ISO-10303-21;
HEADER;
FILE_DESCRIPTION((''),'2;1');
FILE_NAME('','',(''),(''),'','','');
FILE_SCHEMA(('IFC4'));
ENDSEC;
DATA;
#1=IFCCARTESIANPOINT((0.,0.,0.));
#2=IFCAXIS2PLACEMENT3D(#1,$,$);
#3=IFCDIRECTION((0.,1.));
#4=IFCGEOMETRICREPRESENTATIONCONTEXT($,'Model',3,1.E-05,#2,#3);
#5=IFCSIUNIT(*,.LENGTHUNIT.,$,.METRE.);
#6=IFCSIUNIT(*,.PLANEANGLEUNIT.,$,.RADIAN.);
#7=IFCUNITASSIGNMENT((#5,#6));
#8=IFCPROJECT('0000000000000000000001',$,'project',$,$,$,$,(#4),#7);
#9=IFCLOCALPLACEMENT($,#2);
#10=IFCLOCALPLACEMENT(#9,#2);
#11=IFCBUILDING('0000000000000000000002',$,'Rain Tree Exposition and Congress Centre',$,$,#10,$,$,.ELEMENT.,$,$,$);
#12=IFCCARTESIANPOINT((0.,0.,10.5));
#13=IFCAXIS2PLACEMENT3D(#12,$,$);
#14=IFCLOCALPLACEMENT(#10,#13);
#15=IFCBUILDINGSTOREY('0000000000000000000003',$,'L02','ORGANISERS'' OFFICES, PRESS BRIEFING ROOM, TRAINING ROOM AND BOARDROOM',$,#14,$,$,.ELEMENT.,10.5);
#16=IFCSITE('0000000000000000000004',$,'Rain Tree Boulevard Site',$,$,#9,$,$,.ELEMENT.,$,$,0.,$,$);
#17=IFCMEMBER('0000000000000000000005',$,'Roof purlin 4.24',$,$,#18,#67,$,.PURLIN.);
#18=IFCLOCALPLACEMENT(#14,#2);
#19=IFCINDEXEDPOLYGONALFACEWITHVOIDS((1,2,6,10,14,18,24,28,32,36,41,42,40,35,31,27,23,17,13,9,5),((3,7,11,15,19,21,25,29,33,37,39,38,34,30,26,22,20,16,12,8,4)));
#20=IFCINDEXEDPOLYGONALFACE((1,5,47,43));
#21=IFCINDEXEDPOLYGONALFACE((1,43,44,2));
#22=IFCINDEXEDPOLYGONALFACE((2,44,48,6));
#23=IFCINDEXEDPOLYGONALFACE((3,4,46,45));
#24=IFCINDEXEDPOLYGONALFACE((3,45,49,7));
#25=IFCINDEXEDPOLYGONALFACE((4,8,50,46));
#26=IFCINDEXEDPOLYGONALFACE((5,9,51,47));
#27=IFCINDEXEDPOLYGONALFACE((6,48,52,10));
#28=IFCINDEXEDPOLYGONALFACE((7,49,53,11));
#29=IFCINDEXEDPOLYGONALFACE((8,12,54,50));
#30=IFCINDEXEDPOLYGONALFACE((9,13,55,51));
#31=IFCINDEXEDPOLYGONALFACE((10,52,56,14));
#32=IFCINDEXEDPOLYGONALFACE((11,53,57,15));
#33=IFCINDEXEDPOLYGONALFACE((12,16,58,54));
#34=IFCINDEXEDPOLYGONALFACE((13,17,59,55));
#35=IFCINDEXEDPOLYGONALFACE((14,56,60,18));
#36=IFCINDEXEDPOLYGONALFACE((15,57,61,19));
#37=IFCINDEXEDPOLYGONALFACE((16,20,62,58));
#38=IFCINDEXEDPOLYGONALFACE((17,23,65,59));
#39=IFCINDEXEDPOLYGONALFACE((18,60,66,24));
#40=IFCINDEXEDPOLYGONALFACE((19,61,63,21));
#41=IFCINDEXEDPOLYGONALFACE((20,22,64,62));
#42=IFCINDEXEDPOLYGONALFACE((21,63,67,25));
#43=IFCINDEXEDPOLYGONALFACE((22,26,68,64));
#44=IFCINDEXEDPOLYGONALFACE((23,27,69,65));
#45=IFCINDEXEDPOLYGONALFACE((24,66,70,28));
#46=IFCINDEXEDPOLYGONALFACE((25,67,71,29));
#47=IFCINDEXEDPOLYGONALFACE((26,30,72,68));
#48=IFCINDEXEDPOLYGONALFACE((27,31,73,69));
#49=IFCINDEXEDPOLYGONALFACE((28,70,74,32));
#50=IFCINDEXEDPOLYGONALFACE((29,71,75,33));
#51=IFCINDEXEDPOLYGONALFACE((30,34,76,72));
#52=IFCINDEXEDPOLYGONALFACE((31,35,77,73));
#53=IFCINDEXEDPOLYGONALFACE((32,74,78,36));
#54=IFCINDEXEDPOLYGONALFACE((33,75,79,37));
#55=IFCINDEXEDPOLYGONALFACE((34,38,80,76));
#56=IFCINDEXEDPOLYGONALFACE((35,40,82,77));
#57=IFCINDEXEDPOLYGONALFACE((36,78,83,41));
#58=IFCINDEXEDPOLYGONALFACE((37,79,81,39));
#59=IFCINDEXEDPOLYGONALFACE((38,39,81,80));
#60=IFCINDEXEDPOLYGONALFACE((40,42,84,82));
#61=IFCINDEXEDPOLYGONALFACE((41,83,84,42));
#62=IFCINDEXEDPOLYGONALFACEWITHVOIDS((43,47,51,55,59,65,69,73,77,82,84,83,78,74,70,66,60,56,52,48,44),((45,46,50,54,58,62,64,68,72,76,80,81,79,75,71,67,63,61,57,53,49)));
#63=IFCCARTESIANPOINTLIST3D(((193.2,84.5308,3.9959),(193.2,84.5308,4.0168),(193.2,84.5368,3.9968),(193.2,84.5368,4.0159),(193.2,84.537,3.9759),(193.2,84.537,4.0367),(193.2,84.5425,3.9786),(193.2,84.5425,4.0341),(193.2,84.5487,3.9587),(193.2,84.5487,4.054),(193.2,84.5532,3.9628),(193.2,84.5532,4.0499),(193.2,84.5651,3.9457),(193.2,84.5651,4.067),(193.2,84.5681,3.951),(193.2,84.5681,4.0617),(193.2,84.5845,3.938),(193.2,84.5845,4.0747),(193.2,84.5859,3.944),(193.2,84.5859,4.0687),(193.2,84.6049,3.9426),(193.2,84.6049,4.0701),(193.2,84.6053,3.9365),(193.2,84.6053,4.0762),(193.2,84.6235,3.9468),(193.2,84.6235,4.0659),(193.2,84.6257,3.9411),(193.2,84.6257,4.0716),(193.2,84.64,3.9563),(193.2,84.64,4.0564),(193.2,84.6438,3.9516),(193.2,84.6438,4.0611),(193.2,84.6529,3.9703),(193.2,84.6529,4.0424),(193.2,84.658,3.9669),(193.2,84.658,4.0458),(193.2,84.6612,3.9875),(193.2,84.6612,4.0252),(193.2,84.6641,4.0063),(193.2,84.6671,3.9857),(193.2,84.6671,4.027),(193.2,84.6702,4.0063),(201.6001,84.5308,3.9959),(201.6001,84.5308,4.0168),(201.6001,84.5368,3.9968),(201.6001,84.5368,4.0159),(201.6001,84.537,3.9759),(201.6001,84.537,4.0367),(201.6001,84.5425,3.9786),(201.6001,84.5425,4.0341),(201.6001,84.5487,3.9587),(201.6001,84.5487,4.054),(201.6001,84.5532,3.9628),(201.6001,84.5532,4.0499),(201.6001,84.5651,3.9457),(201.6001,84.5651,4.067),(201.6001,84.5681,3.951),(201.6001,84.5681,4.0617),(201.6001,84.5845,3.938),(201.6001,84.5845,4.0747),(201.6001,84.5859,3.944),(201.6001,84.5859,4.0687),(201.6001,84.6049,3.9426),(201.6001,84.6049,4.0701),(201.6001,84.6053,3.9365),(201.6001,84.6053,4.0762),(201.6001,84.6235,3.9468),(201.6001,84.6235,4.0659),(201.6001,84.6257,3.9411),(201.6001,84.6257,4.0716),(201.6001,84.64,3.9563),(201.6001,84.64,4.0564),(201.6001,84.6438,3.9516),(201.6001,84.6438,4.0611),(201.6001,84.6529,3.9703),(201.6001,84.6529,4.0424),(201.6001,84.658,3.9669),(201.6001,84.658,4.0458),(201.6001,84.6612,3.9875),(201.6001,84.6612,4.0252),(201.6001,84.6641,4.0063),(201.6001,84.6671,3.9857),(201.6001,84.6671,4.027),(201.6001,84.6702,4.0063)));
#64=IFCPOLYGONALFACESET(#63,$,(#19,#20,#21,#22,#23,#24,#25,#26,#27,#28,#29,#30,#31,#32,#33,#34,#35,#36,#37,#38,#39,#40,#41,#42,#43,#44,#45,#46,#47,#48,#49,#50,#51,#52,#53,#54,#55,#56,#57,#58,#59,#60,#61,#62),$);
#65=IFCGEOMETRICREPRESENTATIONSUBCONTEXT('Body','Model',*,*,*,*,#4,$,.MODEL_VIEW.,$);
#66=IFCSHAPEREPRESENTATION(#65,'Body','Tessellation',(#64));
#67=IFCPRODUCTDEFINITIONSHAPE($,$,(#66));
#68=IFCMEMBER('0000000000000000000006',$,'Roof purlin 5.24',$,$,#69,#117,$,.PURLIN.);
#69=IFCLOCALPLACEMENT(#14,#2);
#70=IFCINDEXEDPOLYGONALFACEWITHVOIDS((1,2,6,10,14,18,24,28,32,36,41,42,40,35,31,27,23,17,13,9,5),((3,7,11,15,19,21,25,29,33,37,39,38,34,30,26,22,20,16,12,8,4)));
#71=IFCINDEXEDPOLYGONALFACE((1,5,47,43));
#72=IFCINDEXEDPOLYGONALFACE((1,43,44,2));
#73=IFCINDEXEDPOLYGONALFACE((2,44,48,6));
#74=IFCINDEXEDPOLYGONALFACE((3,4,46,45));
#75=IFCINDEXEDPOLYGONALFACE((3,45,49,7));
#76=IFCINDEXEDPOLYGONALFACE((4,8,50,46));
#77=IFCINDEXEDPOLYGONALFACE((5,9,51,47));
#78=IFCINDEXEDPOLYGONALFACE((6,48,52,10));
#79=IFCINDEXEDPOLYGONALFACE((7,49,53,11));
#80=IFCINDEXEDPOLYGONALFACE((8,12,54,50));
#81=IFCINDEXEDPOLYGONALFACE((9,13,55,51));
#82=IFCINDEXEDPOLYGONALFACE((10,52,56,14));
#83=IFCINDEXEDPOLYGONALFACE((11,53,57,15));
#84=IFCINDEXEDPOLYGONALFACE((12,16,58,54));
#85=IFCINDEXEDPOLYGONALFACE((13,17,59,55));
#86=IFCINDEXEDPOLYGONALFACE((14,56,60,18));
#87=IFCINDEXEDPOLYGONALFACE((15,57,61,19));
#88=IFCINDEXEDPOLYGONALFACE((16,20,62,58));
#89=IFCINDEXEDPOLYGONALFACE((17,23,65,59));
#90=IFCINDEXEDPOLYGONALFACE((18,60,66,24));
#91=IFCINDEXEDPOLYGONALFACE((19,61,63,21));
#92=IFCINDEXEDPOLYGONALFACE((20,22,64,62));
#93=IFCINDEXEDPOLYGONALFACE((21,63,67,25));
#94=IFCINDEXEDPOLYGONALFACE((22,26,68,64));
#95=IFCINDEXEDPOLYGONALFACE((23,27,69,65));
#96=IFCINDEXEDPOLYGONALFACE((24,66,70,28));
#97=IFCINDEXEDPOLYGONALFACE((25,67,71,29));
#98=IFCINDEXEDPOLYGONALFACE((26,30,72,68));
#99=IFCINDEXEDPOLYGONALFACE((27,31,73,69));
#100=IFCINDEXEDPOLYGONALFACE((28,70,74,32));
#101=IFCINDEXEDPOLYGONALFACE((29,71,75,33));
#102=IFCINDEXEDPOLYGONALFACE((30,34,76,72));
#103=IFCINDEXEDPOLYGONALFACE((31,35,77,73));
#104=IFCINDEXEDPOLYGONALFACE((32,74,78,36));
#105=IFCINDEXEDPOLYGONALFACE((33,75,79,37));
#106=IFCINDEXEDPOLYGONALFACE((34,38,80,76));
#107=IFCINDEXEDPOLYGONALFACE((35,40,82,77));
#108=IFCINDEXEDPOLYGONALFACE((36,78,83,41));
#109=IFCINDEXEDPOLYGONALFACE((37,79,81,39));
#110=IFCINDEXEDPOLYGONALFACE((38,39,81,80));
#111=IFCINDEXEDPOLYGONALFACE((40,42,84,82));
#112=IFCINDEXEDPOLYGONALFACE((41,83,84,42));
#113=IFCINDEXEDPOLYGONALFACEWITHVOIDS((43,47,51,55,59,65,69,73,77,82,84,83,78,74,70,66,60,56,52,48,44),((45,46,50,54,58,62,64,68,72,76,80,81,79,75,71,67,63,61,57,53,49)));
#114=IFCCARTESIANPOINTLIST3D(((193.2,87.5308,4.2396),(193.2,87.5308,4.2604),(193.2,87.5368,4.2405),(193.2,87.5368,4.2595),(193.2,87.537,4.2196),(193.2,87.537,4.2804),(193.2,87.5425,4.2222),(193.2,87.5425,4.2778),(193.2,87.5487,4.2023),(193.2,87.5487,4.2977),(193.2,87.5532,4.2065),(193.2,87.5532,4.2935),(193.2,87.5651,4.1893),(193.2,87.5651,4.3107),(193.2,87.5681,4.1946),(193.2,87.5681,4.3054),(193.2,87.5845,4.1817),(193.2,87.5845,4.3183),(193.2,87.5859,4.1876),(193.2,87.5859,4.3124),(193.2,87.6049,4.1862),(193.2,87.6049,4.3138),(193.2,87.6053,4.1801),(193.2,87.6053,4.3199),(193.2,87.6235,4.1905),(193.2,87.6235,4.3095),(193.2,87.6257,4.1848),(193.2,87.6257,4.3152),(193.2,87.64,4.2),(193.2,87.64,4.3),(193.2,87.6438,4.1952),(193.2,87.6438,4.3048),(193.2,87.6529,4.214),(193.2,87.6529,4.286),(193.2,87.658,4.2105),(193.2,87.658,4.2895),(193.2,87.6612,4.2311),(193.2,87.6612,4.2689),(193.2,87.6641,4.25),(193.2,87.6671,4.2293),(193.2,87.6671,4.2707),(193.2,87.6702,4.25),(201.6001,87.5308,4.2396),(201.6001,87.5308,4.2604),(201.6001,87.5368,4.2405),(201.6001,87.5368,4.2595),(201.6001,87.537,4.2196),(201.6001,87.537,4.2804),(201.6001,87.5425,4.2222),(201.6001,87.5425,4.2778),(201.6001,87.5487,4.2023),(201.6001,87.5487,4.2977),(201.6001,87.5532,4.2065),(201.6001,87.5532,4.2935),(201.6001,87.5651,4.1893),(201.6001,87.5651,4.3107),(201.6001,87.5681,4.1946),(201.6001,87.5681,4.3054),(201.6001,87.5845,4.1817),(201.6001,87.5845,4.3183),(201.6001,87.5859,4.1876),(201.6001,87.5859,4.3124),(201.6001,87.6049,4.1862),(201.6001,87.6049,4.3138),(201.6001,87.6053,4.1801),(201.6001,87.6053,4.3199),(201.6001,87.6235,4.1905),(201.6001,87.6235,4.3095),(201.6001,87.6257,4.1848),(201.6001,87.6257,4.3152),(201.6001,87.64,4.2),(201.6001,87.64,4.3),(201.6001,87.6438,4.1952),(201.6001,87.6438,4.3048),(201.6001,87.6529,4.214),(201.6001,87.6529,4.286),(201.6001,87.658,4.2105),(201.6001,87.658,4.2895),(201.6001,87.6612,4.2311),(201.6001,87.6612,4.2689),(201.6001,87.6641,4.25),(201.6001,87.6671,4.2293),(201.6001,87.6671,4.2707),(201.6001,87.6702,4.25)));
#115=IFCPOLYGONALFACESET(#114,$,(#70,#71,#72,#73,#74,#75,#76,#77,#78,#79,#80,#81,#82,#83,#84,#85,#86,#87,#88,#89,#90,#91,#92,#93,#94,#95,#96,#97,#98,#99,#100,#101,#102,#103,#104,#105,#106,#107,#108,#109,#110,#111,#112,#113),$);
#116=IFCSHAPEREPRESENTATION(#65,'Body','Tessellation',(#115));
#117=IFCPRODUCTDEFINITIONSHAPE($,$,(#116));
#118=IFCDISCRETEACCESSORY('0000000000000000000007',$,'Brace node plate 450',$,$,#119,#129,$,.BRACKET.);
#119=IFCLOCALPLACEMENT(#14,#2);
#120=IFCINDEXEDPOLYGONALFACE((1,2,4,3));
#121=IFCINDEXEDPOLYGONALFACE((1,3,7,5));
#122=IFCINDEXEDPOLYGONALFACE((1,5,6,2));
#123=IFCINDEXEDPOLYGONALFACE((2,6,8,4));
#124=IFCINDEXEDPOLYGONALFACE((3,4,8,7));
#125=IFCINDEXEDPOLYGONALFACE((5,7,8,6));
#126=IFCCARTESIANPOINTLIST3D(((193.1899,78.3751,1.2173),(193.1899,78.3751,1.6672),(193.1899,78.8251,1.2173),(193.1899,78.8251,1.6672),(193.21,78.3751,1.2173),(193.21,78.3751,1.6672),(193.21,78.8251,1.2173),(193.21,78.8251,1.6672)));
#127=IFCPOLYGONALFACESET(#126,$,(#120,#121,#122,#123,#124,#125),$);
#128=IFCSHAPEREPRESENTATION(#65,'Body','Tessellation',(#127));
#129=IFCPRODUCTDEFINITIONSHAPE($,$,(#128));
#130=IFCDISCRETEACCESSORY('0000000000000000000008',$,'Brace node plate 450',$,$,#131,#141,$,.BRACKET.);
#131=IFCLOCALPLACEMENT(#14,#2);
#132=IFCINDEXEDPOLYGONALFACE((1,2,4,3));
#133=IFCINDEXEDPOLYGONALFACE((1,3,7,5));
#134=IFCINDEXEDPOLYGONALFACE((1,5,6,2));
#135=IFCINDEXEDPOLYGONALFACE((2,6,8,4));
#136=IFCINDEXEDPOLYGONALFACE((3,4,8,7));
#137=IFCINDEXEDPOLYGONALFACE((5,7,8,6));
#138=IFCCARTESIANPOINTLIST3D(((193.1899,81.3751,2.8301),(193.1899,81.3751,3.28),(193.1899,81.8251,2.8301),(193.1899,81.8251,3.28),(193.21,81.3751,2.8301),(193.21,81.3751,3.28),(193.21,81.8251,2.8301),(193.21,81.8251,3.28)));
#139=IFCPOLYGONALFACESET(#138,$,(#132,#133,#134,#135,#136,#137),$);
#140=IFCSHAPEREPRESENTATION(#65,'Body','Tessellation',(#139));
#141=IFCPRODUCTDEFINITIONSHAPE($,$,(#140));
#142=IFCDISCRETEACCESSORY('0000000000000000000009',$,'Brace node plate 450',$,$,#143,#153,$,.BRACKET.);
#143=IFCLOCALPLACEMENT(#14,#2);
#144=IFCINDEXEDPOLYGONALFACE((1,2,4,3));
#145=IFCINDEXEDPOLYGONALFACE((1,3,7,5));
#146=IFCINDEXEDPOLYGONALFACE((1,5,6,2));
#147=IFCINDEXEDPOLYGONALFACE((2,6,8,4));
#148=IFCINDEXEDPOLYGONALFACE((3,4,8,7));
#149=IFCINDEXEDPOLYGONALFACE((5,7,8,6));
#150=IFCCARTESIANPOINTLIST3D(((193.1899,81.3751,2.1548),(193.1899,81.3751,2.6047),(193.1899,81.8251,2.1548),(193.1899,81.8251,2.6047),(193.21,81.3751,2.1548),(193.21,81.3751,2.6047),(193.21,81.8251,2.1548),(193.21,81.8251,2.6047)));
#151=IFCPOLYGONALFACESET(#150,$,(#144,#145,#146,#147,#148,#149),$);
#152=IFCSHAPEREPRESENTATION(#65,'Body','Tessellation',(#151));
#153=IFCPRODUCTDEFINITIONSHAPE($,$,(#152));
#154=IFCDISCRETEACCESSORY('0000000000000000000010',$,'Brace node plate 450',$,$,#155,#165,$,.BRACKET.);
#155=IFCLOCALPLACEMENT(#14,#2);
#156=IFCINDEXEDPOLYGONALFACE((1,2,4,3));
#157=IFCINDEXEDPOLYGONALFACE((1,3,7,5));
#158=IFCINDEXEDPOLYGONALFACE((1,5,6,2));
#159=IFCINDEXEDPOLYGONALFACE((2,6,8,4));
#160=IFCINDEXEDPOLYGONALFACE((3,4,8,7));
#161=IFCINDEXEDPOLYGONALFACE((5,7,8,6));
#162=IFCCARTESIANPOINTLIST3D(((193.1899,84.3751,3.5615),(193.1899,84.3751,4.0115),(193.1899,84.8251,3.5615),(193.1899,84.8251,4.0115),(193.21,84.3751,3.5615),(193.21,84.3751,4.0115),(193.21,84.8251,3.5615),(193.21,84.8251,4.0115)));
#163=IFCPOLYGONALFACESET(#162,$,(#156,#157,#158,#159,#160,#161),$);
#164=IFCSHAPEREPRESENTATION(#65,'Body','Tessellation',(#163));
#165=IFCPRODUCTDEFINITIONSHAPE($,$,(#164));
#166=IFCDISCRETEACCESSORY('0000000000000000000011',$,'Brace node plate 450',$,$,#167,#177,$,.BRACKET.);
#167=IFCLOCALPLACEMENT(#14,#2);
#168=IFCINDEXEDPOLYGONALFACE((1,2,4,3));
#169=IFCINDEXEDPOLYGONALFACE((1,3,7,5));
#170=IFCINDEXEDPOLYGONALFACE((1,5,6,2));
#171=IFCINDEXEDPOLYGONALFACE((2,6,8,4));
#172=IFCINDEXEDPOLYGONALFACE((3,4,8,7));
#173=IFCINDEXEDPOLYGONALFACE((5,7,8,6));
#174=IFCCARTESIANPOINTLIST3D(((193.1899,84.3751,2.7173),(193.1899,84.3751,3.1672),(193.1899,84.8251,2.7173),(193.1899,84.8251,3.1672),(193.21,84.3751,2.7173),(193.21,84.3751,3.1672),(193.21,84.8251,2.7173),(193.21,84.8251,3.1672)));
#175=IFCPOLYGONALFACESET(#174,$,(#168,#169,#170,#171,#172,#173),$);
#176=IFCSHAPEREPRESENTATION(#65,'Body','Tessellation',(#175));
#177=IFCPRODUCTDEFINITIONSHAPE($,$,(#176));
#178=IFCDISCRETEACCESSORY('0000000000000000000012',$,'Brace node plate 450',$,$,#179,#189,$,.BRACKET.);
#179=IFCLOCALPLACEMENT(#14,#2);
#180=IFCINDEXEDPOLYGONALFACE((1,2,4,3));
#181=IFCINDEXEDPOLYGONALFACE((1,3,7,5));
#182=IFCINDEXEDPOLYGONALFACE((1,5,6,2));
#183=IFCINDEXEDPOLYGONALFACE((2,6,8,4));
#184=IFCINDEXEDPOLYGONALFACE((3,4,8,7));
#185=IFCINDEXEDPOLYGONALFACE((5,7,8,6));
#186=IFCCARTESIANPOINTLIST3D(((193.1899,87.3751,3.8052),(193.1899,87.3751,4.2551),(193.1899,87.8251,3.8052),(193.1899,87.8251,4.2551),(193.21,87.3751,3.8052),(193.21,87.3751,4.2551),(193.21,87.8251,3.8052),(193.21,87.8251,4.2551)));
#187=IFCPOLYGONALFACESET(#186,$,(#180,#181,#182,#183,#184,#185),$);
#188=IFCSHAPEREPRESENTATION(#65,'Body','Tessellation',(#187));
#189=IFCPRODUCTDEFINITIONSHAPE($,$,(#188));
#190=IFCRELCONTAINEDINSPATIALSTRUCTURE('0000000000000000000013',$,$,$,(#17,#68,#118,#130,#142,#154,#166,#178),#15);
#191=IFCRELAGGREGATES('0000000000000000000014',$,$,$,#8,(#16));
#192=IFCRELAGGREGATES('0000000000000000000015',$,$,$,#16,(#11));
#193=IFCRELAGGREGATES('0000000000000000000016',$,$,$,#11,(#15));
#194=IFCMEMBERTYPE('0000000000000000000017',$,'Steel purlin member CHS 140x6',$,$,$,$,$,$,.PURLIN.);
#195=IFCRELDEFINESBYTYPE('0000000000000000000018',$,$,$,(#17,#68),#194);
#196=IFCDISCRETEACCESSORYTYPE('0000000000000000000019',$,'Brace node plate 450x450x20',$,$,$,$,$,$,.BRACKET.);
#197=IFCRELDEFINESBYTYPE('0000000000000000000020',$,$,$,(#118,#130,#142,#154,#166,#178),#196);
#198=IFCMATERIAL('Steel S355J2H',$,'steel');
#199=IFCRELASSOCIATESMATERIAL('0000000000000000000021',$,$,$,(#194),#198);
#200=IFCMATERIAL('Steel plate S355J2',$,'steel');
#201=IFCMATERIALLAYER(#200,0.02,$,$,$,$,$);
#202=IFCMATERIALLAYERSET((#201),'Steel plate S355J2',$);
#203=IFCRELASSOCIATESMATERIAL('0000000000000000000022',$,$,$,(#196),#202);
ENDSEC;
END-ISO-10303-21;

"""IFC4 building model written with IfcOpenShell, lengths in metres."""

from ifc_helpers import new_model, si_unit, direction, frame, origin, origin_2d, place, context, subcontext, project, spatial, rectangle, hollow_circle, extrude, material, layer, layer_set, material_profile, profile_set, type_object, element, save


model = new_model("IFC4")

# Units and contexts
model_context = context("Model", 3, precision=1e-05, world=origin(), true_north=direction((0.0, 1.0)))
body_context = subcontext(model_context, "Body", "Model", "MODEL_VIEW")
ifc_project = project(units=[si_unit("LENGTHUNIT", "METRE"), si_unit("PLANEANGLEUNIT", "RADIAN")], contexts=[model_context])

# Site, building, storey
site_placement = place(None, origin())
site = spatial("IfcSite", under=ifc_project, at=site_placement, Name="Rain Tree Boulevard Site", CompositionType="ELEMENT", RefElevation=0.0)
building_placement = place(site_placement, origin())
building = spatial("IfcBuilding", under=site, at=building_placement, Name="Rain Tree Exposition and Congress Centre", CompositionType="ELEMENT")
storey_placement = place(building_placement, frame((0.0, 0.0, 10.5)))
storey = spatial("IfcBuildingStorey", under=building, at=storey_placement, Name="L02", Description="ORGANISERS' OFFICES, PRESS BRIEFING ROOM, TRAINING ROOM AND BOARDROOM", CompositionType="ELEMENT", Elevation=10.5)

# Members
ifc_material_1 = material(Name="Steel S355J2H", Category="steel")
ifc_material_profile_1 = material_profile(ifc_material_1, hollow_circle(Radius=0.0701, WallThickness=0.0061, at=origin_2d()), Name="CHS 140x6")
ifc_profile_set_1 = profile_set([ifc_material_profile_1], Name="Steel S355J2H")
member_type_1 = type_object("IfcMemberType", Name="Steel purlin member CHS 140x6", PredefinedType="PURLIN", material=ifc_profile_set_1)
for number, where, z_axis, x_axis, name in (
    (1, (193.2, 84.6001, 4.0063), (1.0, 0.0, 0.0), (0.0, 1.0, 0.0), "Roof purlin 4.24"),
    (2, (193.2, 87.6001, 4.25), (1.0, 0.0, 0.0), (0.0, 1.0, 0.0), "Roof purlin 5.24"),
):
    element("IfcMember", number, at=place(storey_placement, frame(where, z_axis=z_axis, x_axis=x_axis)), inside=storey, type_object=member_type_1, Name=name, PredefinedType="PURLIN", context=body_context, shape_type="SweptSolid", body=[
        extrude(hollow_circle(Radius=0.0701, WallThickness=0.0061, at=origin_2d()), origin(), (0.0, 0.0, 1.0), 8.4001),
    ])

# Discrete accessories
ifc_material_2 = material(Name="Steel plate S355J2", Category="steel")
ifc_layer = layer(ifc_material_2, 0.02)
ifc_layer_set = layer_set([ifc_layer], Name="Steel plate S355J2")
discrete_accessory_type = type_object("IfcDiscreteAccessoryType", Name="Brace node plate 450x450x20", PredefinedType="BRACKET", material=ifc_layer_set)
for number, where, z_axis, x_axis, name in (
    (3, (193.2, 78.6001, 1.2173), (0.0, 0.0, 1.0), (0.0, 1.0, 0.0), "Brace node plate 450"),
    (4, (193.2, 81.6001, 2.8301), (0.0, 0.0, 1.0), (0.0, -1.0, 0.0), "Brace node plate 450"),
    (5, (193.2, 81.6001, 2.1548), (0.0, 0.0, 1.0), (0.0, 1.0, 0.0), "Brace node plate 450"),
    (6, (193.2, 84.6001, 3.5615), (0.0, 0.0, 1.0), (0.0, -1.0, 0.0), "Brace node plate 450"),
    (7, (193.2, 84.6001, 2.7173), (0.0, 0.0, 1.0), (0.0, 1.0, 0.0), "Brace node plate 450"),
    (8, (193.2, 87.6001, 3.8052), (0.0, 0.0, 1.0), (0.0, 1.0, 0.0), "Brace node plate 450"),
):
    element("IfcDiscreteAccessory", number, at=place(storey_placement, frame(where, z_axis=z_axis, x_axis=x_axis)), inside=storey, type_object=discrete_accessory_type, Name=name, PredefinedType="BRACKET", context=body_context, shape_type="SweptSolid", body=[
        extrude(rectangle(XDim=0.45, YDim=0.02, at=origin_2d()), origin(), (0.0, 0.0, 1.0), 0.45),
    ])

save(model, "model.ifc")
